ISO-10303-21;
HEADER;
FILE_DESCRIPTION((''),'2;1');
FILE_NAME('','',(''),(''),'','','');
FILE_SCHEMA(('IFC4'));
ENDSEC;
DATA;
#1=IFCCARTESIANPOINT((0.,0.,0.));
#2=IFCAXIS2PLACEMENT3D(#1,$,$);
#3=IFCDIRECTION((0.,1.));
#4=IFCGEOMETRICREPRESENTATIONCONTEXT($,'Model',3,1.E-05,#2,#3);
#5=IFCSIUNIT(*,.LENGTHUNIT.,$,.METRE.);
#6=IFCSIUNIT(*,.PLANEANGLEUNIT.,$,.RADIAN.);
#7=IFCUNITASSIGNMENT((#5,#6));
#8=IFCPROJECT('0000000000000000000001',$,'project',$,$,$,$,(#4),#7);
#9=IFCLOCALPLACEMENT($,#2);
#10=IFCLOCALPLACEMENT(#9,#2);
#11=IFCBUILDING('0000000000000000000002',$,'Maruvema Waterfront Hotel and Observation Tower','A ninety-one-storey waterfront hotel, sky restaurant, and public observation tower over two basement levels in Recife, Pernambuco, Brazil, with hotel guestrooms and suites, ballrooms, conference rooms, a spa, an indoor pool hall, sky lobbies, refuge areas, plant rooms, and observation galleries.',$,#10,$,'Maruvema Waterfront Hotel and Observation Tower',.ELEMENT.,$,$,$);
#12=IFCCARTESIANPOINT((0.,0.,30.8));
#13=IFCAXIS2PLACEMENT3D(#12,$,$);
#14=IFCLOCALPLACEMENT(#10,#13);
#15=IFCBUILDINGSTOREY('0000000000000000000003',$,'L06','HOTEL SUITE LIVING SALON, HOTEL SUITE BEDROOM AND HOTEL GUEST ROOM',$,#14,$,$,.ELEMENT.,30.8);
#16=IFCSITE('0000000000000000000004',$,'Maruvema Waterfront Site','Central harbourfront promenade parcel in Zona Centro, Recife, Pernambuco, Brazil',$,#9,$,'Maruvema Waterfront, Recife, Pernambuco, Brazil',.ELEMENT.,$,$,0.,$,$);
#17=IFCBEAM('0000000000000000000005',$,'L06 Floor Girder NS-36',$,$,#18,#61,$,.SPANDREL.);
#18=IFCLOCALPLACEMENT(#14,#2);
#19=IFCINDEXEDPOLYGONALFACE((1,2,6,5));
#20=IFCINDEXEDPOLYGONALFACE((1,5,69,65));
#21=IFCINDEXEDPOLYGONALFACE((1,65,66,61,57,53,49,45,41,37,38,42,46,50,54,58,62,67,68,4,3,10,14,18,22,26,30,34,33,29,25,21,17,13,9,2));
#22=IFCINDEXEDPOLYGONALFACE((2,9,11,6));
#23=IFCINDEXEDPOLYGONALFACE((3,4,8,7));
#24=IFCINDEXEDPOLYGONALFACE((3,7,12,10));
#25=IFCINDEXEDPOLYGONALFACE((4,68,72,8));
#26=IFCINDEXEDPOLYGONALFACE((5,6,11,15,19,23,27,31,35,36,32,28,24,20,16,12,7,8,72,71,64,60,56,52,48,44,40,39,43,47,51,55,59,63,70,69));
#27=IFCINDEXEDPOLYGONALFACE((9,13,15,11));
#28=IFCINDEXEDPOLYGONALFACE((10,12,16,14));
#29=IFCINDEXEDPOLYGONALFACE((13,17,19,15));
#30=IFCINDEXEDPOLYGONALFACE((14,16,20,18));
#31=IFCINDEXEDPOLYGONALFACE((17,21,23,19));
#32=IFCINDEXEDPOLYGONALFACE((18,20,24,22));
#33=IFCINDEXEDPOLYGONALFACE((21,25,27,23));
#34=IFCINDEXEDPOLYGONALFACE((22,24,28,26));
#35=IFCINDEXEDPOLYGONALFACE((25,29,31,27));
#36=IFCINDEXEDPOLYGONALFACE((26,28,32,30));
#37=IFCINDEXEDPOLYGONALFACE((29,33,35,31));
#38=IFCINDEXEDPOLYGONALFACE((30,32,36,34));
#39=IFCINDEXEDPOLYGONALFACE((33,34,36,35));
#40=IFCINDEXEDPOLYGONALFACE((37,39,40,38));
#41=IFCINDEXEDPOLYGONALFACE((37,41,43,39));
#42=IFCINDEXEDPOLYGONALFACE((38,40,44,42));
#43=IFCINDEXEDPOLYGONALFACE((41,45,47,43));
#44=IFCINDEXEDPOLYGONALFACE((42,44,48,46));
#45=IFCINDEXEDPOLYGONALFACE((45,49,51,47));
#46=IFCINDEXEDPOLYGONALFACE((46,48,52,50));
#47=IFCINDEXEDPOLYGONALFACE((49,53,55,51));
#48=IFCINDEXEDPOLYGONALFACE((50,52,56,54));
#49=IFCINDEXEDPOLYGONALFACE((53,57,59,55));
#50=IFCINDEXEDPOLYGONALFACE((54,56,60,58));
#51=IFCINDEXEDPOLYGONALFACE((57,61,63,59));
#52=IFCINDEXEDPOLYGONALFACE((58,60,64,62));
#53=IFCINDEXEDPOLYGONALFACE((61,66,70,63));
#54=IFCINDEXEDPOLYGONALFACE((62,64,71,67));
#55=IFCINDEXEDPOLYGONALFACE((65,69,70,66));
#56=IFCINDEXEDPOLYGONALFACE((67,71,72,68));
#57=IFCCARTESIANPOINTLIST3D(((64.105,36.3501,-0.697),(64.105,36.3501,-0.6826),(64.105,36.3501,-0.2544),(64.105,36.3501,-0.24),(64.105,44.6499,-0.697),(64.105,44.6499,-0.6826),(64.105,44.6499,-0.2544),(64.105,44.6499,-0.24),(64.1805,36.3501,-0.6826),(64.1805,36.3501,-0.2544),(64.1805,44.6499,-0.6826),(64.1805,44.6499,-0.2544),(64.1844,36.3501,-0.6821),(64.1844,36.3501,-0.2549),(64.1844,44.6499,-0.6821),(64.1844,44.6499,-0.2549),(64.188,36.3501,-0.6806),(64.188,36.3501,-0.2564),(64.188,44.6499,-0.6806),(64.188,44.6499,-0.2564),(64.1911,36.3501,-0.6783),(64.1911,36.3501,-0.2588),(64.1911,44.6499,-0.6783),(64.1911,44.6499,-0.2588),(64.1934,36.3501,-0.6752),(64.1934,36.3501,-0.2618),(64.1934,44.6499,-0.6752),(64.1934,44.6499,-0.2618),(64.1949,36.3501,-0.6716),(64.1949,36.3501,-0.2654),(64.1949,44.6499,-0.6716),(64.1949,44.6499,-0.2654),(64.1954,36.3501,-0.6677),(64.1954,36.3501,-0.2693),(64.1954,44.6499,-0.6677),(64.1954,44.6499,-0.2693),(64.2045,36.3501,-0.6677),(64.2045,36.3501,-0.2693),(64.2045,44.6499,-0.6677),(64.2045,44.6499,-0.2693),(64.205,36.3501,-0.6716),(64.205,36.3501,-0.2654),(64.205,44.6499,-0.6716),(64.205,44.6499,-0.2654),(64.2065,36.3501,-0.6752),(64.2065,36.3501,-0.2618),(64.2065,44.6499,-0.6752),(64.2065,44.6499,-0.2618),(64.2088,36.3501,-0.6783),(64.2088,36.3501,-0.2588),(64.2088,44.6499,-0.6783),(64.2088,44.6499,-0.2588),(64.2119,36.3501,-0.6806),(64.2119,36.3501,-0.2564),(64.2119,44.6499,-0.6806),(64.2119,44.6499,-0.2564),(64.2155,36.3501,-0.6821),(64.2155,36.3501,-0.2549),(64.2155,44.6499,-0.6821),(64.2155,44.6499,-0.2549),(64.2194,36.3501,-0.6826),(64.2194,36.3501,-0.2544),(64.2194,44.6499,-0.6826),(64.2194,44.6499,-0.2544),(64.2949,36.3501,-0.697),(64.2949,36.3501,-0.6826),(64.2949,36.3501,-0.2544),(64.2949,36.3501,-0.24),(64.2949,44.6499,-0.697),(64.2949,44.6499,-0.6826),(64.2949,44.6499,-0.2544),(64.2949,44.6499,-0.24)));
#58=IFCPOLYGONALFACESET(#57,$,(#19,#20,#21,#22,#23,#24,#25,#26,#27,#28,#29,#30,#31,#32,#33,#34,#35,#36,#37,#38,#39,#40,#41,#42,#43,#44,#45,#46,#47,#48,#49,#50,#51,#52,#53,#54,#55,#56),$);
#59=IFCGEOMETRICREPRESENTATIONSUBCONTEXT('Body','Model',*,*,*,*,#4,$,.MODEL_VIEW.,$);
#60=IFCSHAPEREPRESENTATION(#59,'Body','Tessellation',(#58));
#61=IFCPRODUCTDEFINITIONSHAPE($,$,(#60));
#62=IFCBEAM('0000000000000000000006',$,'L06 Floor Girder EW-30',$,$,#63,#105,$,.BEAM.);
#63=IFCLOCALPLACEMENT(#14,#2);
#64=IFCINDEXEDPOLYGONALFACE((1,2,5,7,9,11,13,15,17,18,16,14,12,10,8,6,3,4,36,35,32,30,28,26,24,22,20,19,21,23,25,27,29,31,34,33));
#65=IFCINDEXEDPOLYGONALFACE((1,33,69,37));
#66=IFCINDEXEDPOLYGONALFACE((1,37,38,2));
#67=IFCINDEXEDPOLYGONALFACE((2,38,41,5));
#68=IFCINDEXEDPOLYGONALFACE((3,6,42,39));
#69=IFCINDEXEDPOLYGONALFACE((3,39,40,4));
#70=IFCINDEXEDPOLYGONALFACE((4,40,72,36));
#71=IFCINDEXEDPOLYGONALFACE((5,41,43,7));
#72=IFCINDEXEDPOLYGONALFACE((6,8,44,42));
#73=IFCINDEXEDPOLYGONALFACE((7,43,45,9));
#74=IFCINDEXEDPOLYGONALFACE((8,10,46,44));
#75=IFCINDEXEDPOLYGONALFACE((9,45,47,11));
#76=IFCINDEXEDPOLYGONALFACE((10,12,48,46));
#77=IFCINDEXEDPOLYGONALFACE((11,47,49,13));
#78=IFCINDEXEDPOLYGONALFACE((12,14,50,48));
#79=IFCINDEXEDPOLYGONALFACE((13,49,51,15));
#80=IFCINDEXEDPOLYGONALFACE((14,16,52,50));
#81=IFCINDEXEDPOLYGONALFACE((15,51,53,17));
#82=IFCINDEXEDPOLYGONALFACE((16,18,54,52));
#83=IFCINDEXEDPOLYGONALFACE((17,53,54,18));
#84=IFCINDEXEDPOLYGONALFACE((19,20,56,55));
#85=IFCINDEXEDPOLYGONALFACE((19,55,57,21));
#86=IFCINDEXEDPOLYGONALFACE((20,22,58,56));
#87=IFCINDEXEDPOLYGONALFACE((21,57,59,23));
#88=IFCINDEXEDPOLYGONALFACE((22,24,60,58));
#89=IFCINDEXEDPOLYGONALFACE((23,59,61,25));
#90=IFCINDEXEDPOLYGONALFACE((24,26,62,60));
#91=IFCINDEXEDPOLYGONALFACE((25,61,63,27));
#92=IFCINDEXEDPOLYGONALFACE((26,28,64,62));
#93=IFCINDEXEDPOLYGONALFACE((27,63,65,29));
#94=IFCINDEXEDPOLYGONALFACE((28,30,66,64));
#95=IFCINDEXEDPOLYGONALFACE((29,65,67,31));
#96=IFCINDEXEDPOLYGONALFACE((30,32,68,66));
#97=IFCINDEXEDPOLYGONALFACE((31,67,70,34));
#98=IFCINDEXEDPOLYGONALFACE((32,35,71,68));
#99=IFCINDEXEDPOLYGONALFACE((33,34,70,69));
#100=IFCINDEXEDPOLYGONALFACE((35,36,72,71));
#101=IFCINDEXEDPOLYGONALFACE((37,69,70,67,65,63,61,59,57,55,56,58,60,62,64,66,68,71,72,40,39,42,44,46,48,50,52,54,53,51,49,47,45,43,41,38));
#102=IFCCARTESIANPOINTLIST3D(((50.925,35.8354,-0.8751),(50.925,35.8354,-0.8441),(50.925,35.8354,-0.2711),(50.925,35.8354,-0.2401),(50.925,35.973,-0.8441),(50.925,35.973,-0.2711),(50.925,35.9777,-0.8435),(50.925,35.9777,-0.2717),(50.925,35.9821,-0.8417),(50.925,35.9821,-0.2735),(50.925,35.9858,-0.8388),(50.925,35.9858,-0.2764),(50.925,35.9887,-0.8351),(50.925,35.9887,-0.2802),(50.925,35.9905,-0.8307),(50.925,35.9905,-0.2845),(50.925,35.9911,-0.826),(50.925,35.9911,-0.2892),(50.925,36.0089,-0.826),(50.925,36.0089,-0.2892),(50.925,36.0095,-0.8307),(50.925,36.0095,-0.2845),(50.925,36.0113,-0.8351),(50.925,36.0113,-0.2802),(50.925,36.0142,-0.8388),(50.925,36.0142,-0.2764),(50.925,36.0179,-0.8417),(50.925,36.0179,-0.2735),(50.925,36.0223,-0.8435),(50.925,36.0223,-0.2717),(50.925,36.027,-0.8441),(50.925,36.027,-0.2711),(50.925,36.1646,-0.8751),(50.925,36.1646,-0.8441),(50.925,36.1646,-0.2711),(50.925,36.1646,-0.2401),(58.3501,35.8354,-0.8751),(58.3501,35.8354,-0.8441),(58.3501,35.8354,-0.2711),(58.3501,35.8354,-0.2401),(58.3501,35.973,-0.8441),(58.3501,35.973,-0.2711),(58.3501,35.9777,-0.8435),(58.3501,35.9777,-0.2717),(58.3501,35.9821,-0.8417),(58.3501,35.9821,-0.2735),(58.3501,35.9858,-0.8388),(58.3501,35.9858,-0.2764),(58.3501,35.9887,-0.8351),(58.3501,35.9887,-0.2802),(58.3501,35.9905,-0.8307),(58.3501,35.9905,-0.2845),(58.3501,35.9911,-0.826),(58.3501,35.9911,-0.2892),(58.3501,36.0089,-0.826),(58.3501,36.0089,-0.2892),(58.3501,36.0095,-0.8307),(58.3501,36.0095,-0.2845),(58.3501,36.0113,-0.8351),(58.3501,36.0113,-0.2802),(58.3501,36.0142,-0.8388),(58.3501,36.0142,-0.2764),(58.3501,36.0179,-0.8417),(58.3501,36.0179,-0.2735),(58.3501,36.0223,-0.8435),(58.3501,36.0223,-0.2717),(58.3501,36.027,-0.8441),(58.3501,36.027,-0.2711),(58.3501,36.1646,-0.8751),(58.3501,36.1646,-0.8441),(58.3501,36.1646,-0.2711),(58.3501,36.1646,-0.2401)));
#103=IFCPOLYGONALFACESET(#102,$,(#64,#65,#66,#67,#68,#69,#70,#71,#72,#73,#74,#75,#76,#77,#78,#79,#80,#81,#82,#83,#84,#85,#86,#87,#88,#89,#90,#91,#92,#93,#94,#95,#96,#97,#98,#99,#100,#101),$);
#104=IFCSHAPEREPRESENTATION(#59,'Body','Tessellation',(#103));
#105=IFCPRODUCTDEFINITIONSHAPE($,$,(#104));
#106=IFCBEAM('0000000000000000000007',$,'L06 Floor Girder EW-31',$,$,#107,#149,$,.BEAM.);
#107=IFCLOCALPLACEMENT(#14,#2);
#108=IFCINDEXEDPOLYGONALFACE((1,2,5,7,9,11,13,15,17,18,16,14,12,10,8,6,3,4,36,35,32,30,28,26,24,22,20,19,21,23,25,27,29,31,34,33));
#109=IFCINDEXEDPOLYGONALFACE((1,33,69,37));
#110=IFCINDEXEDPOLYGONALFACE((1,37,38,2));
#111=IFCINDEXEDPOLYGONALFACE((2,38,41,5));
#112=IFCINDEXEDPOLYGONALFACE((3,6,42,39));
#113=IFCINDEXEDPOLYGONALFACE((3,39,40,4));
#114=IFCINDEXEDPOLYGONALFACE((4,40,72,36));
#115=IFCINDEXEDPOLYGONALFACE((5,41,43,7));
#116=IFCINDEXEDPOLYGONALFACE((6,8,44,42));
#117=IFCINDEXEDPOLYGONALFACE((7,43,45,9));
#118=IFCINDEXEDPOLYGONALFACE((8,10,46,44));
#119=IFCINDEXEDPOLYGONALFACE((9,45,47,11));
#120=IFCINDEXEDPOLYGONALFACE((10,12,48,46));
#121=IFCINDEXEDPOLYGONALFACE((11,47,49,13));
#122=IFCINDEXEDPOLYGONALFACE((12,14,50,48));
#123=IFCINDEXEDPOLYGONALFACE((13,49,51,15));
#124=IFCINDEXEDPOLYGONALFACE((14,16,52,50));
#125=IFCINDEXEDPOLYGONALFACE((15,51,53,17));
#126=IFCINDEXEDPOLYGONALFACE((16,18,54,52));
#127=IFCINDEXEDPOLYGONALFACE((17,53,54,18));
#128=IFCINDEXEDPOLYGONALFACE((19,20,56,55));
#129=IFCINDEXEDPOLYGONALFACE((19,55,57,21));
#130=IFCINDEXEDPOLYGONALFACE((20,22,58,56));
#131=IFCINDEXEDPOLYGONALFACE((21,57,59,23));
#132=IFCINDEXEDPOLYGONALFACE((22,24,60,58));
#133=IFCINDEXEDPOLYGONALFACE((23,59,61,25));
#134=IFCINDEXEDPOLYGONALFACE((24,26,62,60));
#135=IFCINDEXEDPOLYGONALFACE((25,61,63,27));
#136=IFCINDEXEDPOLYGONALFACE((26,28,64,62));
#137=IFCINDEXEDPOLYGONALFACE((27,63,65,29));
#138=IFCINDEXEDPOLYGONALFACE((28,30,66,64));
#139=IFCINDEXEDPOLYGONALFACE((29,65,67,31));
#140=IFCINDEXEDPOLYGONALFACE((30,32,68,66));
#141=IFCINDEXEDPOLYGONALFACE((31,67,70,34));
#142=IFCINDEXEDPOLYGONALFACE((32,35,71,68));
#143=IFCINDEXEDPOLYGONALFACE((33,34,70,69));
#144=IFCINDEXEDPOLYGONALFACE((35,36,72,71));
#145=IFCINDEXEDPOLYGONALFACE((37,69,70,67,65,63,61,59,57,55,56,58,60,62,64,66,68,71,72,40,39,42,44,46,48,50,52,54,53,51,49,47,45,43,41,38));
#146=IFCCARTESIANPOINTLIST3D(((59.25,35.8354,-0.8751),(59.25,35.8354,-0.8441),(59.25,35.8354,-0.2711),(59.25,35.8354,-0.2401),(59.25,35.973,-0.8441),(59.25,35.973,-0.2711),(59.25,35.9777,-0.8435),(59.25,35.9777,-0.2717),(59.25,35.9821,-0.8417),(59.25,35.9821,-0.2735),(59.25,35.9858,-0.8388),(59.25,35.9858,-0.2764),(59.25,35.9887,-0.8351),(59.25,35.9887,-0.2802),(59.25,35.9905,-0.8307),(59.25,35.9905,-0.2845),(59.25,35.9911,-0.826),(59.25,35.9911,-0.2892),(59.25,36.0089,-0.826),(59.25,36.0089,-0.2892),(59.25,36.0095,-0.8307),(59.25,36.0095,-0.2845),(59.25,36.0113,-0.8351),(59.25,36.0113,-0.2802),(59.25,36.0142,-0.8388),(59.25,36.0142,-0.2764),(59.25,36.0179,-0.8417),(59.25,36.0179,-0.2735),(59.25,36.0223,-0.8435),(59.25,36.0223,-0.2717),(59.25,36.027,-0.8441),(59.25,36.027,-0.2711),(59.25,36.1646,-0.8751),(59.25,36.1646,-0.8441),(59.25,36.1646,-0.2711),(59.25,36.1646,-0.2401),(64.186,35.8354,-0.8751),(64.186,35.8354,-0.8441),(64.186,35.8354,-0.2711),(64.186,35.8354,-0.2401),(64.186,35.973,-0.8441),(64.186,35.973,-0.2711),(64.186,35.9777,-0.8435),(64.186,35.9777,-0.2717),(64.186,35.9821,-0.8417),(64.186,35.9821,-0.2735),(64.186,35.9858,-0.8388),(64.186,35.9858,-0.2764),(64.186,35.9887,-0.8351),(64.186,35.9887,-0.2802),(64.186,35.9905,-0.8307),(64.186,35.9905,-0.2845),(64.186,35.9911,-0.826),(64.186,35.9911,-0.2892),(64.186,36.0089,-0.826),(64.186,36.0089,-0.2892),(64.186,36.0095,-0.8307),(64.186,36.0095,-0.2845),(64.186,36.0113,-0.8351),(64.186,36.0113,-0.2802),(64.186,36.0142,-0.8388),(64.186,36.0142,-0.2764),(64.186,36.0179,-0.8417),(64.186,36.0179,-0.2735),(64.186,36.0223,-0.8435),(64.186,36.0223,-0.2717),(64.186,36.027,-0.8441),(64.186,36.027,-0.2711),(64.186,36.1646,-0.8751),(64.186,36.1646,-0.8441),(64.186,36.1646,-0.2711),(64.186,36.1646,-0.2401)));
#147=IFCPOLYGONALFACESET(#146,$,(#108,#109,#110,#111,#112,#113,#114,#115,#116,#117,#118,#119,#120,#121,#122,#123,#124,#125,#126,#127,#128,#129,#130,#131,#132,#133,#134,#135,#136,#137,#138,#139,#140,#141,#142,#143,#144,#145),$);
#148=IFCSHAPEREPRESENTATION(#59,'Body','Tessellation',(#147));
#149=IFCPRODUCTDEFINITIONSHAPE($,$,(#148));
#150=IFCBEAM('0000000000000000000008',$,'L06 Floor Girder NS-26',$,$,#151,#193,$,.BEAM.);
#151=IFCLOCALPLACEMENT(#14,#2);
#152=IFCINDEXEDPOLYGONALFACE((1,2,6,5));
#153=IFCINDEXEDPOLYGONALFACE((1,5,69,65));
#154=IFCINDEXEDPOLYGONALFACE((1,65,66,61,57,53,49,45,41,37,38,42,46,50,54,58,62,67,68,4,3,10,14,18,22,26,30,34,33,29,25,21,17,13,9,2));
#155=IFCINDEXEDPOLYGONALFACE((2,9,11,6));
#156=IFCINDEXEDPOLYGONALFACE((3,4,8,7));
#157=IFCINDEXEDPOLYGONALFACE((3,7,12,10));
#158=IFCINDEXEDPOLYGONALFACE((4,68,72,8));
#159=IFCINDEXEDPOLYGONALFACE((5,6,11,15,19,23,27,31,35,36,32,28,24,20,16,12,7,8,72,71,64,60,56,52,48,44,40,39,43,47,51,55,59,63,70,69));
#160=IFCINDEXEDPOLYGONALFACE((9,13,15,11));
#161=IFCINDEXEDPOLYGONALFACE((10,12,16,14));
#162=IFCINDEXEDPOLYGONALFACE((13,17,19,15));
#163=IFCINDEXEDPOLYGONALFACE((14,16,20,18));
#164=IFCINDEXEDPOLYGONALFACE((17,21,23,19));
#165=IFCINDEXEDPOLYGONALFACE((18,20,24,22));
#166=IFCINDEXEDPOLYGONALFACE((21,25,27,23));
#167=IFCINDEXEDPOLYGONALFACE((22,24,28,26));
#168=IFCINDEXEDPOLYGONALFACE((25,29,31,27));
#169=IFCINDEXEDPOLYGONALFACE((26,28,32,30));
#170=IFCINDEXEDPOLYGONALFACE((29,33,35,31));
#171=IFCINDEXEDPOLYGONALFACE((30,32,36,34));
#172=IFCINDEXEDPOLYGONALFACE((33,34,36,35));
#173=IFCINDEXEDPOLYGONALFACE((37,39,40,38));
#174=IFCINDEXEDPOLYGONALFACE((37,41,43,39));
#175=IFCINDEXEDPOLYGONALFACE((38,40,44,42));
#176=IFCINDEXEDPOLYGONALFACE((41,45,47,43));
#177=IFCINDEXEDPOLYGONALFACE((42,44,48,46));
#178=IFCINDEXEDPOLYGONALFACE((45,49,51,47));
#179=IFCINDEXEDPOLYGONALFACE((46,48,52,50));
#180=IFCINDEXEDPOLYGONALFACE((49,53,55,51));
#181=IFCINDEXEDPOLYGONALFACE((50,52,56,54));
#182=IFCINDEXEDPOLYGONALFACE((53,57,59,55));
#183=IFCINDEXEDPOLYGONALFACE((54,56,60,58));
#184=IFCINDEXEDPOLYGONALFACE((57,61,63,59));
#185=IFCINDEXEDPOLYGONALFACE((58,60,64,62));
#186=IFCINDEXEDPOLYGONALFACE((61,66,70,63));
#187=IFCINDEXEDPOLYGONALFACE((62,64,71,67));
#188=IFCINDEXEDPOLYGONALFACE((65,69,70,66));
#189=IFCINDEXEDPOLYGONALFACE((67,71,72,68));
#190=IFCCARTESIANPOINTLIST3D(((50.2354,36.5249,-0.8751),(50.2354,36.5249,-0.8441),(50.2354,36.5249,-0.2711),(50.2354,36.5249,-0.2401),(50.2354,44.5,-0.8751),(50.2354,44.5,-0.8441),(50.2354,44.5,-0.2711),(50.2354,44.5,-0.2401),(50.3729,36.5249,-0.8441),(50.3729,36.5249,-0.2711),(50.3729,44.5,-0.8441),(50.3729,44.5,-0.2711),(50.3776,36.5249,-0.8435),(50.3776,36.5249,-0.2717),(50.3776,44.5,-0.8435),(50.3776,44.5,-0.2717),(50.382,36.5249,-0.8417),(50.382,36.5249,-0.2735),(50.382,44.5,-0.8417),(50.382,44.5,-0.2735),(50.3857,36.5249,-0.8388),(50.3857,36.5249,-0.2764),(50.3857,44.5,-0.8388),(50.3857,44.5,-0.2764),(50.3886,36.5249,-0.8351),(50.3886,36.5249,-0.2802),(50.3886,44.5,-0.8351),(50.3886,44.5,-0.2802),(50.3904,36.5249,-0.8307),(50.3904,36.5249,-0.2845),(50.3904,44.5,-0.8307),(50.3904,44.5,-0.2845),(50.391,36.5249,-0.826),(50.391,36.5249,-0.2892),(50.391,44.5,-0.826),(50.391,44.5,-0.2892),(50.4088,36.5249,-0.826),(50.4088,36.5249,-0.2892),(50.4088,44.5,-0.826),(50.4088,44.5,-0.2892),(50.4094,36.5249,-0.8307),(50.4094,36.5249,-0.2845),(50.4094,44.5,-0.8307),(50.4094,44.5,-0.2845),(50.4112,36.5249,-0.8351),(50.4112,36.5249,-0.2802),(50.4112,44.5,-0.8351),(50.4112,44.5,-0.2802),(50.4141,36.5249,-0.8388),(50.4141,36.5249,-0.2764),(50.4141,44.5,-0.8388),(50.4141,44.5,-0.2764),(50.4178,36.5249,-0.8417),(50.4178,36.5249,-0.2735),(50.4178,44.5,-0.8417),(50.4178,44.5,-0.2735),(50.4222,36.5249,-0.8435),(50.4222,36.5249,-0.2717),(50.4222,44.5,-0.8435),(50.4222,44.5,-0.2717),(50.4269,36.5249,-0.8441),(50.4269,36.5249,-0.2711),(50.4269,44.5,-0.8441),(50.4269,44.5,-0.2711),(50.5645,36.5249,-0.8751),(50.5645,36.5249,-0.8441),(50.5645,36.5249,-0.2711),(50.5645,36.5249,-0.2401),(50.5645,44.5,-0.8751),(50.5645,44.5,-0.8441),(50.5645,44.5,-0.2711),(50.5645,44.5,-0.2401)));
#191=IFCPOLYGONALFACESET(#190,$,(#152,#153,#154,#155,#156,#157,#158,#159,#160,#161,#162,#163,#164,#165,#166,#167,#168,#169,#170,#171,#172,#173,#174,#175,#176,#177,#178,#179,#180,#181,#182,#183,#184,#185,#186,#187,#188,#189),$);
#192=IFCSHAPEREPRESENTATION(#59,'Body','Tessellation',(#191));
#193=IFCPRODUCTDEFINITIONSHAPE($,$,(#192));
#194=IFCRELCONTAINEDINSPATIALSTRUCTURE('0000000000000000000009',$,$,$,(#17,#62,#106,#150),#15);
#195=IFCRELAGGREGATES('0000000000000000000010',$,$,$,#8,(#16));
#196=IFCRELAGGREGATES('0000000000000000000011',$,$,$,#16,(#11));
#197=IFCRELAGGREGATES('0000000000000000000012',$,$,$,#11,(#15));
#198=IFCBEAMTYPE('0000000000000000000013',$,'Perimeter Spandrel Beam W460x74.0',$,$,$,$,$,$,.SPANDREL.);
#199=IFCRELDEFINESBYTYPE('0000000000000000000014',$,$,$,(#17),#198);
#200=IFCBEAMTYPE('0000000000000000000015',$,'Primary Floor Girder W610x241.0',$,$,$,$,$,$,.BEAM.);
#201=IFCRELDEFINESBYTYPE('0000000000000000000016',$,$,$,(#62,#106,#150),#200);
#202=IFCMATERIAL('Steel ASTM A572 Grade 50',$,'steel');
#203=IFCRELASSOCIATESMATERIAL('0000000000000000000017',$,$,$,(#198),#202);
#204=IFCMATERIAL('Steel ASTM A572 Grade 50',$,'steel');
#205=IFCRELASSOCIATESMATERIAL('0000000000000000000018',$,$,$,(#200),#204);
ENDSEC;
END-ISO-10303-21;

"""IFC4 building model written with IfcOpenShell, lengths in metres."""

from ifc_helpers import new_model, si_unit, direction, frame, origin, origin_2d, place, context, subcontext, project, spatial, i_section, extrude, material, material_profile, profile_set, type_object, element, save


model = new_model("IFC4")

# Units and contexts
model_context = context("Model", 3, precision=1e-05, world=origin(), true_north=direction((0.0, 1.0)))
body_context = subcontext(model_context, "Body", "Model", "MODEL_VIEW")
ifc_project = project(units=[si_unit("LENGTHUNIT", "METRE"), si_unit("PLANEANGLEUNIT", "RADIAN")], contexts=[model_context])

# Site, building, storey
site_placement = place(None, origin())
site = spatial("IfcSite", under=ifc_project, at=site_placement, Name="Maruvema Waterfront Site", Description="Central harbourfront promenade parcel in Zona Centro, Recife, Pernambuco, Brazil", LongName="Maruvema Waterfront, Recife, Pernambuco, Brazil", CompositionType="ELEMENT", RefElevation=0.0)
building_placement = place(site_placement, origin())
building = spatial("IfcBuilding", under=site, at=building_placement, Name="Maruvema Waterfront Hotel and Observation Tower", Description="A ninety-one-storey waterfront hotel, sky restaurant, and public observation tower over two basement levels in Recife, Pernambuco, Brazil, with hotel guestrooms and suites, ballrooms, conference rooms, a spa, an indoor pool hall, sky lobbies, refuge areas, plant rooms, and observation galleries.", LongName="Maruvema Waterfront Hotel and Observation Tower", CompositionType="ELEMENT")
storey_placement = place(building_placement, frame((0.0, 0.0, 30.8)))
storey = spatial("IfcBuildingStorey", under=building, at=storey_placement, Name="L06", Description="HOTEL SUITE LIVING SALON, HOTEL SUITE BEDROOM AND HOTEL GUEST ROOM", CompositionType="ELEMENT", Elevation=30.8)

# Beams
ifc_material_1 = material(Name="Steel ASTM A572 Grade 50", Category="steel")
ifc_material_profile_1 = material_profile(ifc_material_1, i_section(OverallWidth=0.1899, OverallDepth=0.457, WebThickness=0.009, FlangeThickness=0.0144, FilletRadius=0.0149, at=origin_2d()), Name="W460x74.0")
ifc_profile_set_1 = profile_set([ifc_material_profile_1], Name="Steel ASTM A572 Grade 50")
beam_type_1 = type_object("IfcBeamType", Name="Perimeter Spandrel Beam W460x74.0", PredefinedType="SPANDREL", material=ifc_profile_set_1)
for number, where, z_axis, x_axis, name in (
    (1, (64.2, 36.3501, -0.4685), (0.0, 1.0, 0.0), (-1.0, 0.0, 0.0), "L06 Floor Girder NS-36"),
):
    element("IfcBeam", number, at=place(storey_placement, frame(where, z_axis=z_axis, x_axis=x_axis)), inside=storey, type_object=beam_type_1, Name=name, PredefinedType="SPANDREL", context=body_context, shape_type="SweptSolid", body=[
        extrude(i_section(OverallWidth=0.1899, OverallDepth=0.457, WebThickness=0.009, FlangeThickness=0.0144, FilletRadius=0.0149, at=origin_2d()), origin(), (0.0, 0.0, 1.0), 8.2998),
    ])
ifc_material_2 = material(Name="Steel ASTM A572 Grade 50", Category="steel")
ifc_material_profile_2 = material_profile(ifc_material_2, i_section(OverallWidth=0.3291, OverallDepth=0.635, WebThickness=0.0178, FlangeThickness=0.031, FilletRadius=0.0181, at=origin_2d()), Name="W610x241.0")
ifc_profile_set_2 = profile_set([ifc_material_profile_2], Name="Steel ASTM A572 Grade 50")
beam_type_2 = type_object("IfcBeamType", Name="Primary Floor Girder W610x241.0", PredefinedType="BEAM", material=ifc_profile_set_2)
beam_1_placement = place(storey_placement, frame((50.925, 36.0, -0.5576), z_axis=(1.0, 0.0, 0.0), x_axis=(0.0, 1.0, 0.0)))
element("IfcBeam", 2, at=beam_1_placement, inside=storey, type_object=beam_type_2, Name="L06 Floor Girder EW-30", PredefinedType="BEAM", context=body_context, shape_type="SweptSolid", body=[
    extrude(i_section(OverallWidth=0.3291, OverallDepth=0.635, WebThickness=0.0178, FlangeThickness=0.031, FilletRadius=0.0181, at=origin_2d()), origin(), (0.0, 0.0, 1.0), 7.425),
])
beam_2_placement = place(storey_placement, frame((59.25, 36.0, -0.5576), z_axis=(1.0, 0.0, 0.0), x_axis=(0.0, 1.0, 0.0)))
element("IfcBeam", 3, at=beam_2_placement, inside=storey, type_object=beam_type_2, Name="L06 Floor Girder EW-31", PredefinedType="BEAM", context=body_context, shape_type="SweptSolid", body=[
    extrude(i_section(OverallWidth=0.3291, OverallDepth=0.635, WebThickness=0.0178, FlangeThickness=0.031, FilletRadius=0.0181, at=origin_2d()), origin(), (0.0, 0.0, 1.0), 4.936),
])
beam_3_placement = place(storey_placement, frame((50.3999, 36.5249, -0.5576), z_axis=(0.0, 1.0, 0.0), x_axis=(-1.0, 0.0, 0.0)))
element("IfcBeam", 4, at=beam_3_placement, inside=storey, type_object=beam_type_2, Name="L06 Floor Girder NS-26", PredefinedType="BEAM", context=body_context, shape_type="SweptSolid", body=[
    extrude(i_section(OverallWidth=0.3291, OverallDepth=0.635, WebThickness=0.0178, FlangeThickness=0.031, FilletRadius=0.0181, at=origin_2d()), origin(), (0.0, 0.0, 1.0), 7.9751),
])

save(model, "model.ifc")
